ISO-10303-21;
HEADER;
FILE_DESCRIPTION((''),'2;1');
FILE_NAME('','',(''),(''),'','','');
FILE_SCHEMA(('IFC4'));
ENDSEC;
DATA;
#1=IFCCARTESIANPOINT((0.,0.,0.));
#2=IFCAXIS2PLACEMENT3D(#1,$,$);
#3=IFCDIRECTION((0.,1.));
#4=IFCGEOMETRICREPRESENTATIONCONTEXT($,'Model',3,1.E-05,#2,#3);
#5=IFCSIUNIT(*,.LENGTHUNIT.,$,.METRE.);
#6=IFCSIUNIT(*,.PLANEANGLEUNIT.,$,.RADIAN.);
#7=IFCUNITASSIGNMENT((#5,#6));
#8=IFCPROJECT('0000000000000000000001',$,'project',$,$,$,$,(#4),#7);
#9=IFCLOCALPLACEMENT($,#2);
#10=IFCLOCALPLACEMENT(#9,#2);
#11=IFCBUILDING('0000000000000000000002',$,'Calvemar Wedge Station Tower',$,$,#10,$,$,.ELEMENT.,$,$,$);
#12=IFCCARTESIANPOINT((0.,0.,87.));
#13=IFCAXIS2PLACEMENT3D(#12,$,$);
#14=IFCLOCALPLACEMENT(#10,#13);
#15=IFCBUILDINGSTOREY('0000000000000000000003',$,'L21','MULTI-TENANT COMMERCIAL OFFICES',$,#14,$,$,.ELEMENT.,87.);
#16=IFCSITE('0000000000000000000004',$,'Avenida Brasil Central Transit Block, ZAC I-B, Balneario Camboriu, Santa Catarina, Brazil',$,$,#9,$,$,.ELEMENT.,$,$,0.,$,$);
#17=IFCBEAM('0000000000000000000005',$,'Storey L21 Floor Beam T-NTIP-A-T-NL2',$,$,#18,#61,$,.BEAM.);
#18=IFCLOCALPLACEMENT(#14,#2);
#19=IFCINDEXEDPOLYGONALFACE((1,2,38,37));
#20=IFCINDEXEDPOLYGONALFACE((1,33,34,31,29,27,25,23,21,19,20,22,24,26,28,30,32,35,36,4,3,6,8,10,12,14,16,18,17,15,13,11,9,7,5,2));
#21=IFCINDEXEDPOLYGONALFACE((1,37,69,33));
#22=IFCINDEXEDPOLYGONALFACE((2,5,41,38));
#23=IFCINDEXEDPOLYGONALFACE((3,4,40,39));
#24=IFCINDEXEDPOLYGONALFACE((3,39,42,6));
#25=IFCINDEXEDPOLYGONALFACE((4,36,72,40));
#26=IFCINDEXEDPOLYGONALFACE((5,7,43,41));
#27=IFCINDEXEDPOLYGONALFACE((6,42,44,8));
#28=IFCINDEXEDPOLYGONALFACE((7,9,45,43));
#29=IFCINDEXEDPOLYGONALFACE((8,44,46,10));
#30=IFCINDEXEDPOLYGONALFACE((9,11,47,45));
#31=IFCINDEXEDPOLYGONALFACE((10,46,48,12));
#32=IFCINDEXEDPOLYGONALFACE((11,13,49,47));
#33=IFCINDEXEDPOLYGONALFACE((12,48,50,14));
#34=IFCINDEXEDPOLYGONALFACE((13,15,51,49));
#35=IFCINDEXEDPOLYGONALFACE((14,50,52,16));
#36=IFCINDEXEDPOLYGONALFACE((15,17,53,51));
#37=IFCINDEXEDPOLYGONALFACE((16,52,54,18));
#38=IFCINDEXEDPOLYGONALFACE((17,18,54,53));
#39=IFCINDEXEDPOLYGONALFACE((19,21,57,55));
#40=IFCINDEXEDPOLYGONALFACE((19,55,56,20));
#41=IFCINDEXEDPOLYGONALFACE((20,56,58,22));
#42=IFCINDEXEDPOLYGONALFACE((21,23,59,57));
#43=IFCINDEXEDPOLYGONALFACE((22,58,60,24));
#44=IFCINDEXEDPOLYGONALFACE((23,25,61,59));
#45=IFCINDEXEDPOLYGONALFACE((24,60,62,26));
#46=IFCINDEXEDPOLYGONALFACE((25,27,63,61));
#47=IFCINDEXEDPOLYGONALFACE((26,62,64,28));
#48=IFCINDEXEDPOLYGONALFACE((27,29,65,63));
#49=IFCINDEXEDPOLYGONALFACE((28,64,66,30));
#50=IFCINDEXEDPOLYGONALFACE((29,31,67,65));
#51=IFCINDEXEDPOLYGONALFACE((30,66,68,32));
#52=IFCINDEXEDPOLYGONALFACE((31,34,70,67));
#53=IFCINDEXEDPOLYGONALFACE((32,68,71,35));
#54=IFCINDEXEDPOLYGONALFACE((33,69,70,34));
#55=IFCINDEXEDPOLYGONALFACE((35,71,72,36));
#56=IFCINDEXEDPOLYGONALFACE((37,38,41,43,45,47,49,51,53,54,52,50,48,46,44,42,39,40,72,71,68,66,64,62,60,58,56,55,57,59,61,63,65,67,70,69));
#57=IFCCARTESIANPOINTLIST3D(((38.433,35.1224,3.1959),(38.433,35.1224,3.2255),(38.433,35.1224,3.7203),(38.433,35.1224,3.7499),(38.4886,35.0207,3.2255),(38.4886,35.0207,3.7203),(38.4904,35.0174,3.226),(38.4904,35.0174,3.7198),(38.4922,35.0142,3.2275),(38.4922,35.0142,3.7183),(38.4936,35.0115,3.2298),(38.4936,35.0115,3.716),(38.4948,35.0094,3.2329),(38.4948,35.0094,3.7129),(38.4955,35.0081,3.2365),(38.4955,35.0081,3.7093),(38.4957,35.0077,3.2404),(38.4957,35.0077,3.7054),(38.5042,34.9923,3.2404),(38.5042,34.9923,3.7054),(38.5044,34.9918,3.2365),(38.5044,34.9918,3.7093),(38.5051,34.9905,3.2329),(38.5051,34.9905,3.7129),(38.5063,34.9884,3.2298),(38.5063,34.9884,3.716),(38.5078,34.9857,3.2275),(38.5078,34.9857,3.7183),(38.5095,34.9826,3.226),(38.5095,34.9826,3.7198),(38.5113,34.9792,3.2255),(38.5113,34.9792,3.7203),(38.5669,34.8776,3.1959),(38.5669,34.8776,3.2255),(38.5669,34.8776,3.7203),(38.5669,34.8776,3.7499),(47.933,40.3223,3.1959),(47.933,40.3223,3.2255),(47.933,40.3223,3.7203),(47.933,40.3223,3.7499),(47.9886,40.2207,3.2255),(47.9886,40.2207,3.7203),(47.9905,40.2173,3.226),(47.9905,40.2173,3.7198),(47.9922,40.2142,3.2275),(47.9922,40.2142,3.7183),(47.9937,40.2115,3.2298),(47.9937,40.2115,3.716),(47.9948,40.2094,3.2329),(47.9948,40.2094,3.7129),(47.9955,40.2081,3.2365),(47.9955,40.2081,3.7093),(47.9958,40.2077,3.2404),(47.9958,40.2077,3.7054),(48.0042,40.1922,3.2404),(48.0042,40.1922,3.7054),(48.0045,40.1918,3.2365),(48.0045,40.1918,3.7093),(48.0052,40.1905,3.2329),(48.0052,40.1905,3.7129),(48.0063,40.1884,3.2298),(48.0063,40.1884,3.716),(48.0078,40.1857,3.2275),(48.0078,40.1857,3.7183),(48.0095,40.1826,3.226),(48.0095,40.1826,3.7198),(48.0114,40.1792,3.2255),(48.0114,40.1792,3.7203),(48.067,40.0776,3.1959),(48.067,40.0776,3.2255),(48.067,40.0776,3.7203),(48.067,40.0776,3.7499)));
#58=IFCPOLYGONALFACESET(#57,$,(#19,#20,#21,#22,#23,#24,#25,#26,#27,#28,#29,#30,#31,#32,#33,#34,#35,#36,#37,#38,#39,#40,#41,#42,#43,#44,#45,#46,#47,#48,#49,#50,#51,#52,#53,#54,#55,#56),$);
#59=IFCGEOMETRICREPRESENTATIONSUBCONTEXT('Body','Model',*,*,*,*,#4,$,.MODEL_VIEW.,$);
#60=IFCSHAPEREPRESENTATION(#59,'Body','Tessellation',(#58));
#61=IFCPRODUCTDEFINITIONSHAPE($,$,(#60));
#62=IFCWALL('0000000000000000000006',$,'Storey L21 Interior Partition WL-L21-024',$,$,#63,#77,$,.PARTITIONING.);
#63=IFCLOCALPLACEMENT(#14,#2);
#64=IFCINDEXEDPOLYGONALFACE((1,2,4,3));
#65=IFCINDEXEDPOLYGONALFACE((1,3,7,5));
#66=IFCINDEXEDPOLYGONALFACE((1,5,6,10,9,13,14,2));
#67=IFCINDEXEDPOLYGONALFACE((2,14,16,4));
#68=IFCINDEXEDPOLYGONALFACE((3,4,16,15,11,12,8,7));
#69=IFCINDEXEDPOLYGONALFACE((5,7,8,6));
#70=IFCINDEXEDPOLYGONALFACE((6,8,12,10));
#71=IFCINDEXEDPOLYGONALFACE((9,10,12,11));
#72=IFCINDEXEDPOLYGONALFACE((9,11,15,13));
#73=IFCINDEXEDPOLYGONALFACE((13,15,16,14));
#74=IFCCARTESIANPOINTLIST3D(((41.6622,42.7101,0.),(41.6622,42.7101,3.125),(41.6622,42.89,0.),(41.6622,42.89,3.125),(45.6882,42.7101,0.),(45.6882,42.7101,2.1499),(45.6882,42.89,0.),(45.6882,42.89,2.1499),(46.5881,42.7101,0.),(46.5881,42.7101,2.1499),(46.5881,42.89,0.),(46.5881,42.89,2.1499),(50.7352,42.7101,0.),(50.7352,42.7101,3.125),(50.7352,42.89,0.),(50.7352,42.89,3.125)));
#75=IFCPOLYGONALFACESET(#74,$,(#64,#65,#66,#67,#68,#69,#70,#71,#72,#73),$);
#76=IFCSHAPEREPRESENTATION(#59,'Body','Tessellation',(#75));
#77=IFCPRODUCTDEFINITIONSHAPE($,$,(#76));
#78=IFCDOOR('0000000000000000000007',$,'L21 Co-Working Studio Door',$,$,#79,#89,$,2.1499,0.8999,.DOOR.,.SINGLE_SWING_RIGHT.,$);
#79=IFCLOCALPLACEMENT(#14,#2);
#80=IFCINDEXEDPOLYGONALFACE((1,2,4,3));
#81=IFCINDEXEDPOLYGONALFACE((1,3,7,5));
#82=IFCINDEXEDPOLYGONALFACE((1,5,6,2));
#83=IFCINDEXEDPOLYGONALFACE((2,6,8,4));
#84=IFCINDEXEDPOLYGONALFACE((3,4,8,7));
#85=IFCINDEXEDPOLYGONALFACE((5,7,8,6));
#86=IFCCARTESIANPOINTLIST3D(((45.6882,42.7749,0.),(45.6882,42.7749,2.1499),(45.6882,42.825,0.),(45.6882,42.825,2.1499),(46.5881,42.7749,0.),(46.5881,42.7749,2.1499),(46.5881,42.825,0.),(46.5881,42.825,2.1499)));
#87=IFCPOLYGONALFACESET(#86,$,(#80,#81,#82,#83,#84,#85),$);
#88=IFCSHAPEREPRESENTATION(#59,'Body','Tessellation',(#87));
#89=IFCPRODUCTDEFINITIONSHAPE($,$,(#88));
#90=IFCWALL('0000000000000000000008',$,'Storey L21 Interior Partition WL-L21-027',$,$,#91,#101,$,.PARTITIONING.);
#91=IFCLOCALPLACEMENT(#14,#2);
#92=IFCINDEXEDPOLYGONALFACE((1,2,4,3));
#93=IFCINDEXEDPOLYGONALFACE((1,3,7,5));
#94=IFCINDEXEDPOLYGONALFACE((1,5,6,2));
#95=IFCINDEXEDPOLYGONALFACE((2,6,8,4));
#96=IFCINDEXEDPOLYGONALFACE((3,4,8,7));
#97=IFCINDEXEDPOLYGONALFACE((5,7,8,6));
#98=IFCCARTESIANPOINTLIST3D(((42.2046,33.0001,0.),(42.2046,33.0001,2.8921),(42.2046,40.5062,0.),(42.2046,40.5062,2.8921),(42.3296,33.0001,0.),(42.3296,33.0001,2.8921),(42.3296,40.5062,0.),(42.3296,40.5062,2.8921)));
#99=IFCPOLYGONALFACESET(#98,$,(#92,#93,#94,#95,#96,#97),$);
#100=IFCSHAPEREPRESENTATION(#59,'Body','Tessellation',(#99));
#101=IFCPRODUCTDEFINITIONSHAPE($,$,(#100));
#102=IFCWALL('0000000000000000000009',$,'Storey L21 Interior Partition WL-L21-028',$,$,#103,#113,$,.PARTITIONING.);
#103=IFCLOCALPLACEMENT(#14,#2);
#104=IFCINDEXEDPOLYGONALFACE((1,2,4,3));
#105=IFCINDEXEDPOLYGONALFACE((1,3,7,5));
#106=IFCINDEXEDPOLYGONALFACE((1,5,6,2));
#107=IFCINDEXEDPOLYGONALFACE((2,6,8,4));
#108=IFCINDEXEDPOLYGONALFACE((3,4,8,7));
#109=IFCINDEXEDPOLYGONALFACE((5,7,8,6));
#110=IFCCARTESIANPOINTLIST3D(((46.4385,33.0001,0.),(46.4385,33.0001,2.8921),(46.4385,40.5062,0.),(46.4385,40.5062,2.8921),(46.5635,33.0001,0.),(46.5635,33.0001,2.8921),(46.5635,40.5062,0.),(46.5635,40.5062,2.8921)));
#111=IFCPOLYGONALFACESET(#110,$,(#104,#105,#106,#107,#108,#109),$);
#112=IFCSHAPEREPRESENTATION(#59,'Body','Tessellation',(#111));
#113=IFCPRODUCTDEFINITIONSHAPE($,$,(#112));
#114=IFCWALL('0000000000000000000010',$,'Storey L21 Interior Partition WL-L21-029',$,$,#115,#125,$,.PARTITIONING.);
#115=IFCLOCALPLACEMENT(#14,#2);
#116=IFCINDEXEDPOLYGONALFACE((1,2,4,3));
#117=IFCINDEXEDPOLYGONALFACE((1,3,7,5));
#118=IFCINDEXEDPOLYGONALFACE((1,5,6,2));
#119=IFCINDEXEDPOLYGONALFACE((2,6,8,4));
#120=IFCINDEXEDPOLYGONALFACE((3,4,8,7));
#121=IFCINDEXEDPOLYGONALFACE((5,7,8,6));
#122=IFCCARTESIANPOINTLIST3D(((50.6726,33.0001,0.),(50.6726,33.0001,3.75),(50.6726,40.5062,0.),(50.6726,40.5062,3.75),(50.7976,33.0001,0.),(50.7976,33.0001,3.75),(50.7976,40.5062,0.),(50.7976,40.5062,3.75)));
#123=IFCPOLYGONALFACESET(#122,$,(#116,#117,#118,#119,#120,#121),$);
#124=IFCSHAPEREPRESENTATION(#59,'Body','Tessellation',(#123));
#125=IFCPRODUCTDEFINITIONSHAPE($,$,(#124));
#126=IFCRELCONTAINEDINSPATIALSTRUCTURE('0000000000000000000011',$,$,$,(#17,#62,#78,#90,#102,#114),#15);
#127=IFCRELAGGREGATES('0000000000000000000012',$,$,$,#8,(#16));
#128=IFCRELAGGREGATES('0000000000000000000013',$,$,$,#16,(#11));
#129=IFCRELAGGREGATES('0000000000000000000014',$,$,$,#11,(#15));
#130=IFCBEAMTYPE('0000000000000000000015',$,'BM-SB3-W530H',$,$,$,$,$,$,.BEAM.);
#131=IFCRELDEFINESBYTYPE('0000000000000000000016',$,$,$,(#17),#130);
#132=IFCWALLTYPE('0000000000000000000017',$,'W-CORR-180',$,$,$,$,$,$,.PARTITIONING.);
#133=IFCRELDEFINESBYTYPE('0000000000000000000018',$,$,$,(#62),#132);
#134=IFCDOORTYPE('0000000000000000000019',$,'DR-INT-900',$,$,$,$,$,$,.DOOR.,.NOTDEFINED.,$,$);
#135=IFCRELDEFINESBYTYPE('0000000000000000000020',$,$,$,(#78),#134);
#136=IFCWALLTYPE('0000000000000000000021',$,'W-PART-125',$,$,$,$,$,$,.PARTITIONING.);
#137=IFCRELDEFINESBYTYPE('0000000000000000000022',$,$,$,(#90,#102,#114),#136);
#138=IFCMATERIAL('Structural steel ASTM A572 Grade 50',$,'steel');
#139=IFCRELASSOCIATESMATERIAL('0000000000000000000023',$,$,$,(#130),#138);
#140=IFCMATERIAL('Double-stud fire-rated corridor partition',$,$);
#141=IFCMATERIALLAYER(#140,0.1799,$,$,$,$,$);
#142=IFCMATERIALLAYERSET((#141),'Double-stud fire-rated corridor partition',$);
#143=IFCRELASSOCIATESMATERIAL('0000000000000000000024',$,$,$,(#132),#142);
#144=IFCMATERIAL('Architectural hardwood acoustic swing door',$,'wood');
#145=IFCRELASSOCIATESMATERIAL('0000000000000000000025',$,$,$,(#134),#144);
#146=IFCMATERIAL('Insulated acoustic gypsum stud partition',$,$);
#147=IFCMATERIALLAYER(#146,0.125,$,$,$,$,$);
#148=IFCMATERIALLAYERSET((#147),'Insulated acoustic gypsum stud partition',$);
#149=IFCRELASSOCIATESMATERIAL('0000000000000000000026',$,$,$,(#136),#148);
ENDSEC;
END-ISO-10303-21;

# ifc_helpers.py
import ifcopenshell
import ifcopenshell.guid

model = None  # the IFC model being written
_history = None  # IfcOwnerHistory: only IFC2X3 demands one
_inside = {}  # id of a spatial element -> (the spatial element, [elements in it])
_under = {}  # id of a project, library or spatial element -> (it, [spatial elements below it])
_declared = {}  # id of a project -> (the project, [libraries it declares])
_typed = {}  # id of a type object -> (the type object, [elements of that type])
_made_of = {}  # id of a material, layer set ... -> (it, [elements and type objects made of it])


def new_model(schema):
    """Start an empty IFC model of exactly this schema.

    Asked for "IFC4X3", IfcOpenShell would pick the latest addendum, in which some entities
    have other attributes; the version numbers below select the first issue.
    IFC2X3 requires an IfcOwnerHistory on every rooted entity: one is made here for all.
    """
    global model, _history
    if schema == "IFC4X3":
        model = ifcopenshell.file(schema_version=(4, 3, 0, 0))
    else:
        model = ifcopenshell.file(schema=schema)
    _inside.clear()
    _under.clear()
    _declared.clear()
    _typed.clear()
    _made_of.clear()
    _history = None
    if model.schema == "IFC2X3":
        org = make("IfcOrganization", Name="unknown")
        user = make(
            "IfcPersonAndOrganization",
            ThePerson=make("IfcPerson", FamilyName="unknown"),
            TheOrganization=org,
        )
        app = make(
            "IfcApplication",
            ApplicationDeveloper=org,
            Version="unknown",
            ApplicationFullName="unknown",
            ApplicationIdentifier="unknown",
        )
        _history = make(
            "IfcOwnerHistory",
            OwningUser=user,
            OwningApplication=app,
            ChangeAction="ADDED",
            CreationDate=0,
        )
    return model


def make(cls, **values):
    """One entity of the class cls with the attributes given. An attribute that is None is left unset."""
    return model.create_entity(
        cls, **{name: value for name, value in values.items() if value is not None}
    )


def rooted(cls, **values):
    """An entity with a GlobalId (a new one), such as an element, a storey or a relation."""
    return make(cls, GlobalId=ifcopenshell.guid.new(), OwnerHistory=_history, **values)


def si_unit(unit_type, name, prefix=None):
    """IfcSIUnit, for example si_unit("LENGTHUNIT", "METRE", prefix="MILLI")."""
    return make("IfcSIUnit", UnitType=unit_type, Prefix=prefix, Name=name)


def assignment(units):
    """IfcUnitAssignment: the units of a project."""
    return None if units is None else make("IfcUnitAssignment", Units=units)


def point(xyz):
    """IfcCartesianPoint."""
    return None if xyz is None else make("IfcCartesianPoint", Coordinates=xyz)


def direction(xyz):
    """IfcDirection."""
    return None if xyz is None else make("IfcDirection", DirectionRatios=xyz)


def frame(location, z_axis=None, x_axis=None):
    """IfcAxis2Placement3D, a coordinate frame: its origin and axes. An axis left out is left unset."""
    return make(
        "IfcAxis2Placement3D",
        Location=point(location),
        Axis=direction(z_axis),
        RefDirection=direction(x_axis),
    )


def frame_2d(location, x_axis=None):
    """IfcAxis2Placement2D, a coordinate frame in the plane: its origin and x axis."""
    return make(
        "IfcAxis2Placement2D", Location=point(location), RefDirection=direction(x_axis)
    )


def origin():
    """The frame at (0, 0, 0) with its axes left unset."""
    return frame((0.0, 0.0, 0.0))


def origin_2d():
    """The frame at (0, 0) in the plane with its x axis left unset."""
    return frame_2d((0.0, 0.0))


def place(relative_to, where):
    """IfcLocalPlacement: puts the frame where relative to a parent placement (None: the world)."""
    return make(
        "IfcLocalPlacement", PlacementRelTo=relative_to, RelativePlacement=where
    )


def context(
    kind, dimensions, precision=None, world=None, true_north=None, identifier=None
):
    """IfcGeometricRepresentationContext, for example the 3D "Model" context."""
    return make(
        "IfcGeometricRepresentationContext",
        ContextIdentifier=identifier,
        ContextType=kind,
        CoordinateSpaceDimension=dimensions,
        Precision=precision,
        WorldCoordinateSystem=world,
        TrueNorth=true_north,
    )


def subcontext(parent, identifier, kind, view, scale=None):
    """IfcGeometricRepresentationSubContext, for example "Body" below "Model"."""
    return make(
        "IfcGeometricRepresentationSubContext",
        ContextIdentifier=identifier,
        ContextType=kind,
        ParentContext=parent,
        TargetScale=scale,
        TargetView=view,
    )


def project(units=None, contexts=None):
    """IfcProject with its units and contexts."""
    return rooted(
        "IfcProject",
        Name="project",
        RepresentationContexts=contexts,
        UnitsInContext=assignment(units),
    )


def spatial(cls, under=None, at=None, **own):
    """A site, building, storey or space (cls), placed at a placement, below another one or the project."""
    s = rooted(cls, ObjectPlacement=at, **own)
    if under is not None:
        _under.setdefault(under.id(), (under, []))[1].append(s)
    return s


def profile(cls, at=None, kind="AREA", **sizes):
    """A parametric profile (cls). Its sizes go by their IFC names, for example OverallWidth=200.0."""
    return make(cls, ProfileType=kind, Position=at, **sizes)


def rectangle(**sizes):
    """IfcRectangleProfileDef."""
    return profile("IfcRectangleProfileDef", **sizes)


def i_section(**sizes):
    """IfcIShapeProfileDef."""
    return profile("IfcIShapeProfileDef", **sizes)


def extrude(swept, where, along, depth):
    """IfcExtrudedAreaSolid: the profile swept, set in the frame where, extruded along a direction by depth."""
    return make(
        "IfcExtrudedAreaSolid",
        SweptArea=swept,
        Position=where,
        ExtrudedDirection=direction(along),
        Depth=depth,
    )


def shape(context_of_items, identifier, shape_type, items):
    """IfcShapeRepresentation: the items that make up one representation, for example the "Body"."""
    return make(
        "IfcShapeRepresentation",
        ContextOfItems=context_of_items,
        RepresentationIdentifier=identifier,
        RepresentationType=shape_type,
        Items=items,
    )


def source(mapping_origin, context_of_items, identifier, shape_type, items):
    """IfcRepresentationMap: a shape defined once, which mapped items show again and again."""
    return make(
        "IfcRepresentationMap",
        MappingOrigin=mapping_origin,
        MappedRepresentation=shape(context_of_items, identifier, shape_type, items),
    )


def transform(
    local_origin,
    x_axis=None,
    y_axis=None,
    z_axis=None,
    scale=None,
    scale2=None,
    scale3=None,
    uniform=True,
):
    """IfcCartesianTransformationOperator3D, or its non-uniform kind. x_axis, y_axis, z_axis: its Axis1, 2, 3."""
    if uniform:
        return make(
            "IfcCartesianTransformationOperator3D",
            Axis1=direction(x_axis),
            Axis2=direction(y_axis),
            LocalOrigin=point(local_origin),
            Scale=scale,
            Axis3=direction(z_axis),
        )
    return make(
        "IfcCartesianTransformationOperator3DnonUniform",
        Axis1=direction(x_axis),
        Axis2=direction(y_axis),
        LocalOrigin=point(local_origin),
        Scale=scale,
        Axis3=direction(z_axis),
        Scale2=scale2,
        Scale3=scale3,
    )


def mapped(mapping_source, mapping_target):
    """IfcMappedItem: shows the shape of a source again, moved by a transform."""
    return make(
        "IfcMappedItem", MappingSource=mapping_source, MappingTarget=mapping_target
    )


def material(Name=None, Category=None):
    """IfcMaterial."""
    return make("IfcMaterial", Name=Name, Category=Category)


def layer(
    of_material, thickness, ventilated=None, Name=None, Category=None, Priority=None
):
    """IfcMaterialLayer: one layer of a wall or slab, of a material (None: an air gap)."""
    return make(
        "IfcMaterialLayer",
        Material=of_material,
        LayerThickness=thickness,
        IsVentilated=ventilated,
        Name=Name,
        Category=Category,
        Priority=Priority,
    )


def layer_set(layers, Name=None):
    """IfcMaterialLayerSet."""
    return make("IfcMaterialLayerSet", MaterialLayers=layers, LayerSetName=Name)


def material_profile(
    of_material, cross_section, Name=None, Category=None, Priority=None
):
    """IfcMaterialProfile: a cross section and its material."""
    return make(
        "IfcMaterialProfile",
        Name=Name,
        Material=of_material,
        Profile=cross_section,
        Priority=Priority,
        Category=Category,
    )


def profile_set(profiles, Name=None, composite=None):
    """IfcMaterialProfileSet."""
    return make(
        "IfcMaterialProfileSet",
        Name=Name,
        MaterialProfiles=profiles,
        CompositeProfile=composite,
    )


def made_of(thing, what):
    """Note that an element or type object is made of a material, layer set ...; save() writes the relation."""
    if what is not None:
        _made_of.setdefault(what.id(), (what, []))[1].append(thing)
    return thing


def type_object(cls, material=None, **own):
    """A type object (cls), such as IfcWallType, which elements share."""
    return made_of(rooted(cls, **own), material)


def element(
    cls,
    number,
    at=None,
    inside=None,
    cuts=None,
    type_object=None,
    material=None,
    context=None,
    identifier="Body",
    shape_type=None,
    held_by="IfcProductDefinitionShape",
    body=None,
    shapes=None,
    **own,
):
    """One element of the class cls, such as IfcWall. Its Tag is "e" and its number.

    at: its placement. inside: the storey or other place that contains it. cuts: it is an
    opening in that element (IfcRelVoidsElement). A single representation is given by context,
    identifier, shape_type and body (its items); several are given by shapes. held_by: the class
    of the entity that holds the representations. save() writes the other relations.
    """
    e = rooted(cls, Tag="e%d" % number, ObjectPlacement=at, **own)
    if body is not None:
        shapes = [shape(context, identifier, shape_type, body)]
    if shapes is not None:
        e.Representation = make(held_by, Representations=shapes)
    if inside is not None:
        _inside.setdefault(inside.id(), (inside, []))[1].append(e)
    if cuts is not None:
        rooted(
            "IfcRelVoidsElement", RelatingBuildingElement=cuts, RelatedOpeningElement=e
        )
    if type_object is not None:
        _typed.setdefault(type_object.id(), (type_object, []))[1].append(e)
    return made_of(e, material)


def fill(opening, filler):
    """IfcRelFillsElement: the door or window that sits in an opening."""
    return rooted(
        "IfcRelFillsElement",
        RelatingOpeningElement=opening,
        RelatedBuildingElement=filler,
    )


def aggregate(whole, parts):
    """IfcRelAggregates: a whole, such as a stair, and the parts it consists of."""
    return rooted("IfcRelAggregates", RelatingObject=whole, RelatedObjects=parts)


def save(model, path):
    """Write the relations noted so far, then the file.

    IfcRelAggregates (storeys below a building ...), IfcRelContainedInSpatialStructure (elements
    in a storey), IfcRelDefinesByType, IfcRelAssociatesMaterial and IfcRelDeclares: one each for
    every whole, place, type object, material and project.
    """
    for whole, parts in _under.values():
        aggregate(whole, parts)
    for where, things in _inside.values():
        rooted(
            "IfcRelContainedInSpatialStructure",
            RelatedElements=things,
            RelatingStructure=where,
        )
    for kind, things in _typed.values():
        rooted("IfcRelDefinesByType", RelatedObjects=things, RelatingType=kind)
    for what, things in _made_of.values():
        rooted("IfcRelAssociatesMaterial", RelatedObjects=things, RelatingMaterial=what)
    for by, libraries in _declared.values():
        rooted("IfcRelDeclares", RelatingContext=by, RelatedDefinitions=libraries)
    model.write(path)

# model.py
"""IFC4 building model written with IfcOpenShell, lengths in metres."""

from ifc_helpers import new_model, si_unit, direction, frame, frame_2d, origin, origin_2d, place, context, subcontext, project, spatial, rectangle, i_section, extrude, source, transform, mapped, material, layer, layer_set, material_profile, profile_set, type_object, element, fill, save


model = new_model("IFC4")

# Units and contexts
model_context = context("Model", 3, precision=1e-05, world=origin(), true_north=direction((0.0, 1.0)))
body_context = subcontext(model_context, "Body", "Model", "MODEL_VIEW")
ifc_project = project(units=[si_unit("LENGTHUNIT", "METRE"), si_unit("PLANEANGLEUNIT", "RADIAN")], contexts=[model_context])

# Site, building, storey
site_placement = place(None, origin())
site = spatial("IfcSite", under=ifc_project, at=site_placement, Name="Avenida Brasil Central Transit Block, ZAC I-B, Balneario Camboriu, Santa Catarina, Brazil", CompositionType="ELEMENT", RefElevation=0.0)
building_placement = place(site_placement, origin())
building = spatial("IfcBuilding", under=site, at=building_placement, Name="Calvemar Wedge Station Tower", CompositionType="ELEMENT")
storey_placement = place(building_placement, frame((0.0, 0.0, 87.0)))
storey = spatial("IfcBuildingStorey", under=building, at=storey_placement, Name="L21", Description="MULTI-TENANT COMMERCIAL OFFICES", CompositionType="ELEMENT", Elevation=87.0)

# Shared definitions
ifc_material_1 = material(Name="Structural steel ASTM A572 Grade 50", Category="steel")

# Beam
ifc_material_profile_1 = material_profile(ifc_material_1, i_section(OverallWidth=0.2791, OverallDepth=0.554, WebThickness=0.0176, FlangeThickness=0.0295, FilletRadius=0.0149, at=origin_2d()), Name="W530x196")
ifc_profile_set_1 = profile_set([ifc_material_profile_1], Name="Structural steel ASTM A572 Grade 50")
beam_type_1 = type_object("IfcBeamType", Name="BM-SB3-W530H", PredefinedType="BEAM", material=ifc_profile_set_1)
shared_shape_1 = source(origin(), body_context, "Body", "SweptSolid", [
    extrude(i_section(OverallWidth=0.2791, OverallDepth=0.554, WebThickness=0.0176, FlangeThickness=0.0295, FilletRadius=0.0149, at=origin_2d()), origin(), (0.0, 0.0, 1.0), 10.8301),
])
beam_1_placement = place(storey_placement, frame((48.0, 40.2, 3.4729), z_axis=(-0.877191, -0.480142, 0.0), x_axis=(0.480142, -0.877191, 0.0)))
element("IfcBeam", 1, at=beam_1_placement, inside=storey, type_object=beam_type_1, Name="Storey L21 Floor Beam T-NTIP-A-T-NL2", PredefinedType="BEAM", context=body_context, shape_type="MappedRepresentation", body=[
    mapped(shared_shape_1, transform((0.0, 0.0, 0.0), scale=1.0)),
])

# Wall, opening, door
ifc_material_2 = material(Name="Double-stud fire-rated corridor partition")
ifc_layer_1 = layer(ifc_material_2, 0.1799)
ifc_layer_set_1 = layer_set([ifc_layer_1], Name="Double-stud fire-rated corridor partition")
wall_type_1 = type_object("IfcWallType", Name="W-CORR-180", PredefinedType="PARTITIONING", material=ifc_layer_set_1)
shared_shape_2 = source(origin(), body_context, "Body", "SweptSolid", [
    extrude(rectangle(XDim=0.8999, YDim=2.1499, at=frame_2d((0.45, 1.075))), frame((0.0, 0.1001, 0.0), z_axis=(0.0, -1.0, 0.0), x_axis=(1.0, 0.0, 0.0)), (0.0, 0.0, 1.0), 0.2),
])
ifc_material_3 = material(Name="Architectural hardwood acoustic swing door", Category="wood")
door_type = type_object("IfcDoorType", Name="DR-INT-900", OperationType="NOTDEFINED", PredefinedType="DOOR", material=ifc_material_3)
shared_shape_3 = source(origin(), body_context, "Body", "SweptSolid", [
    extrude(rectangle(XDim=0.8999, YDim=2.1499, at=frame_2d((0.45, 1.075))), frame((0.0, 0.0249, 0.0), z_axis=(0.0, -1.0, 0.0), x_axis=(1.0, 0.0, 0.0)), (0.0, 0.0, 1.0), 0.05),
])
wall_1_placement = place(storey_placement, frame((41.6621, 42.8, 0.0), z_axis=(0.0, 0.0, 1.0), x_axis=(1.0, 0.0, 0.0)))
wall_1 = element("IfcWall", 2, at=wall_1_placement, inside=storey, type_object=wall_type_1, Name="Storey L21 Interior Partition WL-L21-024", PredefinedType="PARTITIONING", context=body_context, shape_type="SweptSolid", body=[
    extrude(rectangle(XDim=9.073, YDim=0.1799, at=frame_2d((4.5366, 0.0))), origin(), (0.0, 0.0, 1.0), 3.125),
])
opening_1_placement = place(wall_1_placement, frame((4.0261, 0.0, 0.0)))
opening_1 = element("IfcOpeningElement", 3, at=opening_1_placement, cuts=wall_1, PredefinedType="OPENING", context=body_context, shape_type="MappedRepresentation", body=[
    mapped(shared_shape_2, transform((0.0, 0.0, 0.0), scale=1.0)),
])
door_1_placement = place(opening_1_placement, origin())
door_1 = element("IfcDoor", 4, at=door_1_placement, inside=storey, type_object=door_type, Name="L21 Co-Working Studio Door", OperationType="SINGLE_SWING_RIGHT", OverallHeight=2.1499, OverallWidth=0.8999, PredefinedType="DOOR", context=body_context, shape_type="MappedRepresentation", body=[
    mapped(shared_shape_3, transform((0.0, 0.0, 0.0), scale=1.0)),
])
fill(opening_1, door_1)

# Walls
ifc_material_4 = material(Name="Insulated acoustic gypsum stud partition")
ifc_layer_2 = layer(ifc_material_4, 0.125)
ifc_layer_set_2 = layer_set([ifc_layer_2], Name="Insulated acoustic gypsum stud partition")
wall_type_2 = type_object("IfcWallType", Name="W-PART-125", PredefinedType="PARTITIONING", material=ifc_layer_set_2)
for number, where, z_axis, x_axis, name in (
    (5, (42.2671, 40.5061, 0.0), (0.0, 0.0, 1.0), (0.0, -1.0, 0.0), "Storey L21 Interior Partition WL-L21-027"),
    (6, (46.501, 40.5061, 0.0), (0.0, 0.0, 1.0), (0.0, -1.0, 0.0), "Storey L21 Interior Partition WL-L21-028"),
):
    element("IfcWall", number, at=place(storey_placement, frame(where, z_axis=z_axis, x_axis=x_axis)), inside=storey, type_object=wall_type_2, Name=name, PredefinedType="PARTITIONING", context=body_context, shape_type="SweptSolid", body=[
        extrude(rectangle(XDim=7.5061, YDim=0.125, at=frame_2d((3.7529, 0.0))), origin(), (0.0, 0.0, 1.0), 2.8921),
    ])
wall_2_placement = place(storey_placement, frame((50.7351, 40.5061, 0.0), z_axis=(0.0, 0.0, 1.0), x_axis=(0.0, -1.0, 0.0)))
element("IfcWall", 7, at=wall_2_placement, inside=storey, type_object=wall_type_2, Name="Storey L21 Interior Partition WL-L21-029", PredefinedType="PARTITIONING", context=body_context, shape_type="SweptSolid", body=[
    extrude(rectangle(XDim=7.5061, YDim=0.125, at=frame_2d((3.7529, 0.0))), origin(), (0.0, 0.0, 1.0), 3.75),
])

save(model, "model.ifc")
